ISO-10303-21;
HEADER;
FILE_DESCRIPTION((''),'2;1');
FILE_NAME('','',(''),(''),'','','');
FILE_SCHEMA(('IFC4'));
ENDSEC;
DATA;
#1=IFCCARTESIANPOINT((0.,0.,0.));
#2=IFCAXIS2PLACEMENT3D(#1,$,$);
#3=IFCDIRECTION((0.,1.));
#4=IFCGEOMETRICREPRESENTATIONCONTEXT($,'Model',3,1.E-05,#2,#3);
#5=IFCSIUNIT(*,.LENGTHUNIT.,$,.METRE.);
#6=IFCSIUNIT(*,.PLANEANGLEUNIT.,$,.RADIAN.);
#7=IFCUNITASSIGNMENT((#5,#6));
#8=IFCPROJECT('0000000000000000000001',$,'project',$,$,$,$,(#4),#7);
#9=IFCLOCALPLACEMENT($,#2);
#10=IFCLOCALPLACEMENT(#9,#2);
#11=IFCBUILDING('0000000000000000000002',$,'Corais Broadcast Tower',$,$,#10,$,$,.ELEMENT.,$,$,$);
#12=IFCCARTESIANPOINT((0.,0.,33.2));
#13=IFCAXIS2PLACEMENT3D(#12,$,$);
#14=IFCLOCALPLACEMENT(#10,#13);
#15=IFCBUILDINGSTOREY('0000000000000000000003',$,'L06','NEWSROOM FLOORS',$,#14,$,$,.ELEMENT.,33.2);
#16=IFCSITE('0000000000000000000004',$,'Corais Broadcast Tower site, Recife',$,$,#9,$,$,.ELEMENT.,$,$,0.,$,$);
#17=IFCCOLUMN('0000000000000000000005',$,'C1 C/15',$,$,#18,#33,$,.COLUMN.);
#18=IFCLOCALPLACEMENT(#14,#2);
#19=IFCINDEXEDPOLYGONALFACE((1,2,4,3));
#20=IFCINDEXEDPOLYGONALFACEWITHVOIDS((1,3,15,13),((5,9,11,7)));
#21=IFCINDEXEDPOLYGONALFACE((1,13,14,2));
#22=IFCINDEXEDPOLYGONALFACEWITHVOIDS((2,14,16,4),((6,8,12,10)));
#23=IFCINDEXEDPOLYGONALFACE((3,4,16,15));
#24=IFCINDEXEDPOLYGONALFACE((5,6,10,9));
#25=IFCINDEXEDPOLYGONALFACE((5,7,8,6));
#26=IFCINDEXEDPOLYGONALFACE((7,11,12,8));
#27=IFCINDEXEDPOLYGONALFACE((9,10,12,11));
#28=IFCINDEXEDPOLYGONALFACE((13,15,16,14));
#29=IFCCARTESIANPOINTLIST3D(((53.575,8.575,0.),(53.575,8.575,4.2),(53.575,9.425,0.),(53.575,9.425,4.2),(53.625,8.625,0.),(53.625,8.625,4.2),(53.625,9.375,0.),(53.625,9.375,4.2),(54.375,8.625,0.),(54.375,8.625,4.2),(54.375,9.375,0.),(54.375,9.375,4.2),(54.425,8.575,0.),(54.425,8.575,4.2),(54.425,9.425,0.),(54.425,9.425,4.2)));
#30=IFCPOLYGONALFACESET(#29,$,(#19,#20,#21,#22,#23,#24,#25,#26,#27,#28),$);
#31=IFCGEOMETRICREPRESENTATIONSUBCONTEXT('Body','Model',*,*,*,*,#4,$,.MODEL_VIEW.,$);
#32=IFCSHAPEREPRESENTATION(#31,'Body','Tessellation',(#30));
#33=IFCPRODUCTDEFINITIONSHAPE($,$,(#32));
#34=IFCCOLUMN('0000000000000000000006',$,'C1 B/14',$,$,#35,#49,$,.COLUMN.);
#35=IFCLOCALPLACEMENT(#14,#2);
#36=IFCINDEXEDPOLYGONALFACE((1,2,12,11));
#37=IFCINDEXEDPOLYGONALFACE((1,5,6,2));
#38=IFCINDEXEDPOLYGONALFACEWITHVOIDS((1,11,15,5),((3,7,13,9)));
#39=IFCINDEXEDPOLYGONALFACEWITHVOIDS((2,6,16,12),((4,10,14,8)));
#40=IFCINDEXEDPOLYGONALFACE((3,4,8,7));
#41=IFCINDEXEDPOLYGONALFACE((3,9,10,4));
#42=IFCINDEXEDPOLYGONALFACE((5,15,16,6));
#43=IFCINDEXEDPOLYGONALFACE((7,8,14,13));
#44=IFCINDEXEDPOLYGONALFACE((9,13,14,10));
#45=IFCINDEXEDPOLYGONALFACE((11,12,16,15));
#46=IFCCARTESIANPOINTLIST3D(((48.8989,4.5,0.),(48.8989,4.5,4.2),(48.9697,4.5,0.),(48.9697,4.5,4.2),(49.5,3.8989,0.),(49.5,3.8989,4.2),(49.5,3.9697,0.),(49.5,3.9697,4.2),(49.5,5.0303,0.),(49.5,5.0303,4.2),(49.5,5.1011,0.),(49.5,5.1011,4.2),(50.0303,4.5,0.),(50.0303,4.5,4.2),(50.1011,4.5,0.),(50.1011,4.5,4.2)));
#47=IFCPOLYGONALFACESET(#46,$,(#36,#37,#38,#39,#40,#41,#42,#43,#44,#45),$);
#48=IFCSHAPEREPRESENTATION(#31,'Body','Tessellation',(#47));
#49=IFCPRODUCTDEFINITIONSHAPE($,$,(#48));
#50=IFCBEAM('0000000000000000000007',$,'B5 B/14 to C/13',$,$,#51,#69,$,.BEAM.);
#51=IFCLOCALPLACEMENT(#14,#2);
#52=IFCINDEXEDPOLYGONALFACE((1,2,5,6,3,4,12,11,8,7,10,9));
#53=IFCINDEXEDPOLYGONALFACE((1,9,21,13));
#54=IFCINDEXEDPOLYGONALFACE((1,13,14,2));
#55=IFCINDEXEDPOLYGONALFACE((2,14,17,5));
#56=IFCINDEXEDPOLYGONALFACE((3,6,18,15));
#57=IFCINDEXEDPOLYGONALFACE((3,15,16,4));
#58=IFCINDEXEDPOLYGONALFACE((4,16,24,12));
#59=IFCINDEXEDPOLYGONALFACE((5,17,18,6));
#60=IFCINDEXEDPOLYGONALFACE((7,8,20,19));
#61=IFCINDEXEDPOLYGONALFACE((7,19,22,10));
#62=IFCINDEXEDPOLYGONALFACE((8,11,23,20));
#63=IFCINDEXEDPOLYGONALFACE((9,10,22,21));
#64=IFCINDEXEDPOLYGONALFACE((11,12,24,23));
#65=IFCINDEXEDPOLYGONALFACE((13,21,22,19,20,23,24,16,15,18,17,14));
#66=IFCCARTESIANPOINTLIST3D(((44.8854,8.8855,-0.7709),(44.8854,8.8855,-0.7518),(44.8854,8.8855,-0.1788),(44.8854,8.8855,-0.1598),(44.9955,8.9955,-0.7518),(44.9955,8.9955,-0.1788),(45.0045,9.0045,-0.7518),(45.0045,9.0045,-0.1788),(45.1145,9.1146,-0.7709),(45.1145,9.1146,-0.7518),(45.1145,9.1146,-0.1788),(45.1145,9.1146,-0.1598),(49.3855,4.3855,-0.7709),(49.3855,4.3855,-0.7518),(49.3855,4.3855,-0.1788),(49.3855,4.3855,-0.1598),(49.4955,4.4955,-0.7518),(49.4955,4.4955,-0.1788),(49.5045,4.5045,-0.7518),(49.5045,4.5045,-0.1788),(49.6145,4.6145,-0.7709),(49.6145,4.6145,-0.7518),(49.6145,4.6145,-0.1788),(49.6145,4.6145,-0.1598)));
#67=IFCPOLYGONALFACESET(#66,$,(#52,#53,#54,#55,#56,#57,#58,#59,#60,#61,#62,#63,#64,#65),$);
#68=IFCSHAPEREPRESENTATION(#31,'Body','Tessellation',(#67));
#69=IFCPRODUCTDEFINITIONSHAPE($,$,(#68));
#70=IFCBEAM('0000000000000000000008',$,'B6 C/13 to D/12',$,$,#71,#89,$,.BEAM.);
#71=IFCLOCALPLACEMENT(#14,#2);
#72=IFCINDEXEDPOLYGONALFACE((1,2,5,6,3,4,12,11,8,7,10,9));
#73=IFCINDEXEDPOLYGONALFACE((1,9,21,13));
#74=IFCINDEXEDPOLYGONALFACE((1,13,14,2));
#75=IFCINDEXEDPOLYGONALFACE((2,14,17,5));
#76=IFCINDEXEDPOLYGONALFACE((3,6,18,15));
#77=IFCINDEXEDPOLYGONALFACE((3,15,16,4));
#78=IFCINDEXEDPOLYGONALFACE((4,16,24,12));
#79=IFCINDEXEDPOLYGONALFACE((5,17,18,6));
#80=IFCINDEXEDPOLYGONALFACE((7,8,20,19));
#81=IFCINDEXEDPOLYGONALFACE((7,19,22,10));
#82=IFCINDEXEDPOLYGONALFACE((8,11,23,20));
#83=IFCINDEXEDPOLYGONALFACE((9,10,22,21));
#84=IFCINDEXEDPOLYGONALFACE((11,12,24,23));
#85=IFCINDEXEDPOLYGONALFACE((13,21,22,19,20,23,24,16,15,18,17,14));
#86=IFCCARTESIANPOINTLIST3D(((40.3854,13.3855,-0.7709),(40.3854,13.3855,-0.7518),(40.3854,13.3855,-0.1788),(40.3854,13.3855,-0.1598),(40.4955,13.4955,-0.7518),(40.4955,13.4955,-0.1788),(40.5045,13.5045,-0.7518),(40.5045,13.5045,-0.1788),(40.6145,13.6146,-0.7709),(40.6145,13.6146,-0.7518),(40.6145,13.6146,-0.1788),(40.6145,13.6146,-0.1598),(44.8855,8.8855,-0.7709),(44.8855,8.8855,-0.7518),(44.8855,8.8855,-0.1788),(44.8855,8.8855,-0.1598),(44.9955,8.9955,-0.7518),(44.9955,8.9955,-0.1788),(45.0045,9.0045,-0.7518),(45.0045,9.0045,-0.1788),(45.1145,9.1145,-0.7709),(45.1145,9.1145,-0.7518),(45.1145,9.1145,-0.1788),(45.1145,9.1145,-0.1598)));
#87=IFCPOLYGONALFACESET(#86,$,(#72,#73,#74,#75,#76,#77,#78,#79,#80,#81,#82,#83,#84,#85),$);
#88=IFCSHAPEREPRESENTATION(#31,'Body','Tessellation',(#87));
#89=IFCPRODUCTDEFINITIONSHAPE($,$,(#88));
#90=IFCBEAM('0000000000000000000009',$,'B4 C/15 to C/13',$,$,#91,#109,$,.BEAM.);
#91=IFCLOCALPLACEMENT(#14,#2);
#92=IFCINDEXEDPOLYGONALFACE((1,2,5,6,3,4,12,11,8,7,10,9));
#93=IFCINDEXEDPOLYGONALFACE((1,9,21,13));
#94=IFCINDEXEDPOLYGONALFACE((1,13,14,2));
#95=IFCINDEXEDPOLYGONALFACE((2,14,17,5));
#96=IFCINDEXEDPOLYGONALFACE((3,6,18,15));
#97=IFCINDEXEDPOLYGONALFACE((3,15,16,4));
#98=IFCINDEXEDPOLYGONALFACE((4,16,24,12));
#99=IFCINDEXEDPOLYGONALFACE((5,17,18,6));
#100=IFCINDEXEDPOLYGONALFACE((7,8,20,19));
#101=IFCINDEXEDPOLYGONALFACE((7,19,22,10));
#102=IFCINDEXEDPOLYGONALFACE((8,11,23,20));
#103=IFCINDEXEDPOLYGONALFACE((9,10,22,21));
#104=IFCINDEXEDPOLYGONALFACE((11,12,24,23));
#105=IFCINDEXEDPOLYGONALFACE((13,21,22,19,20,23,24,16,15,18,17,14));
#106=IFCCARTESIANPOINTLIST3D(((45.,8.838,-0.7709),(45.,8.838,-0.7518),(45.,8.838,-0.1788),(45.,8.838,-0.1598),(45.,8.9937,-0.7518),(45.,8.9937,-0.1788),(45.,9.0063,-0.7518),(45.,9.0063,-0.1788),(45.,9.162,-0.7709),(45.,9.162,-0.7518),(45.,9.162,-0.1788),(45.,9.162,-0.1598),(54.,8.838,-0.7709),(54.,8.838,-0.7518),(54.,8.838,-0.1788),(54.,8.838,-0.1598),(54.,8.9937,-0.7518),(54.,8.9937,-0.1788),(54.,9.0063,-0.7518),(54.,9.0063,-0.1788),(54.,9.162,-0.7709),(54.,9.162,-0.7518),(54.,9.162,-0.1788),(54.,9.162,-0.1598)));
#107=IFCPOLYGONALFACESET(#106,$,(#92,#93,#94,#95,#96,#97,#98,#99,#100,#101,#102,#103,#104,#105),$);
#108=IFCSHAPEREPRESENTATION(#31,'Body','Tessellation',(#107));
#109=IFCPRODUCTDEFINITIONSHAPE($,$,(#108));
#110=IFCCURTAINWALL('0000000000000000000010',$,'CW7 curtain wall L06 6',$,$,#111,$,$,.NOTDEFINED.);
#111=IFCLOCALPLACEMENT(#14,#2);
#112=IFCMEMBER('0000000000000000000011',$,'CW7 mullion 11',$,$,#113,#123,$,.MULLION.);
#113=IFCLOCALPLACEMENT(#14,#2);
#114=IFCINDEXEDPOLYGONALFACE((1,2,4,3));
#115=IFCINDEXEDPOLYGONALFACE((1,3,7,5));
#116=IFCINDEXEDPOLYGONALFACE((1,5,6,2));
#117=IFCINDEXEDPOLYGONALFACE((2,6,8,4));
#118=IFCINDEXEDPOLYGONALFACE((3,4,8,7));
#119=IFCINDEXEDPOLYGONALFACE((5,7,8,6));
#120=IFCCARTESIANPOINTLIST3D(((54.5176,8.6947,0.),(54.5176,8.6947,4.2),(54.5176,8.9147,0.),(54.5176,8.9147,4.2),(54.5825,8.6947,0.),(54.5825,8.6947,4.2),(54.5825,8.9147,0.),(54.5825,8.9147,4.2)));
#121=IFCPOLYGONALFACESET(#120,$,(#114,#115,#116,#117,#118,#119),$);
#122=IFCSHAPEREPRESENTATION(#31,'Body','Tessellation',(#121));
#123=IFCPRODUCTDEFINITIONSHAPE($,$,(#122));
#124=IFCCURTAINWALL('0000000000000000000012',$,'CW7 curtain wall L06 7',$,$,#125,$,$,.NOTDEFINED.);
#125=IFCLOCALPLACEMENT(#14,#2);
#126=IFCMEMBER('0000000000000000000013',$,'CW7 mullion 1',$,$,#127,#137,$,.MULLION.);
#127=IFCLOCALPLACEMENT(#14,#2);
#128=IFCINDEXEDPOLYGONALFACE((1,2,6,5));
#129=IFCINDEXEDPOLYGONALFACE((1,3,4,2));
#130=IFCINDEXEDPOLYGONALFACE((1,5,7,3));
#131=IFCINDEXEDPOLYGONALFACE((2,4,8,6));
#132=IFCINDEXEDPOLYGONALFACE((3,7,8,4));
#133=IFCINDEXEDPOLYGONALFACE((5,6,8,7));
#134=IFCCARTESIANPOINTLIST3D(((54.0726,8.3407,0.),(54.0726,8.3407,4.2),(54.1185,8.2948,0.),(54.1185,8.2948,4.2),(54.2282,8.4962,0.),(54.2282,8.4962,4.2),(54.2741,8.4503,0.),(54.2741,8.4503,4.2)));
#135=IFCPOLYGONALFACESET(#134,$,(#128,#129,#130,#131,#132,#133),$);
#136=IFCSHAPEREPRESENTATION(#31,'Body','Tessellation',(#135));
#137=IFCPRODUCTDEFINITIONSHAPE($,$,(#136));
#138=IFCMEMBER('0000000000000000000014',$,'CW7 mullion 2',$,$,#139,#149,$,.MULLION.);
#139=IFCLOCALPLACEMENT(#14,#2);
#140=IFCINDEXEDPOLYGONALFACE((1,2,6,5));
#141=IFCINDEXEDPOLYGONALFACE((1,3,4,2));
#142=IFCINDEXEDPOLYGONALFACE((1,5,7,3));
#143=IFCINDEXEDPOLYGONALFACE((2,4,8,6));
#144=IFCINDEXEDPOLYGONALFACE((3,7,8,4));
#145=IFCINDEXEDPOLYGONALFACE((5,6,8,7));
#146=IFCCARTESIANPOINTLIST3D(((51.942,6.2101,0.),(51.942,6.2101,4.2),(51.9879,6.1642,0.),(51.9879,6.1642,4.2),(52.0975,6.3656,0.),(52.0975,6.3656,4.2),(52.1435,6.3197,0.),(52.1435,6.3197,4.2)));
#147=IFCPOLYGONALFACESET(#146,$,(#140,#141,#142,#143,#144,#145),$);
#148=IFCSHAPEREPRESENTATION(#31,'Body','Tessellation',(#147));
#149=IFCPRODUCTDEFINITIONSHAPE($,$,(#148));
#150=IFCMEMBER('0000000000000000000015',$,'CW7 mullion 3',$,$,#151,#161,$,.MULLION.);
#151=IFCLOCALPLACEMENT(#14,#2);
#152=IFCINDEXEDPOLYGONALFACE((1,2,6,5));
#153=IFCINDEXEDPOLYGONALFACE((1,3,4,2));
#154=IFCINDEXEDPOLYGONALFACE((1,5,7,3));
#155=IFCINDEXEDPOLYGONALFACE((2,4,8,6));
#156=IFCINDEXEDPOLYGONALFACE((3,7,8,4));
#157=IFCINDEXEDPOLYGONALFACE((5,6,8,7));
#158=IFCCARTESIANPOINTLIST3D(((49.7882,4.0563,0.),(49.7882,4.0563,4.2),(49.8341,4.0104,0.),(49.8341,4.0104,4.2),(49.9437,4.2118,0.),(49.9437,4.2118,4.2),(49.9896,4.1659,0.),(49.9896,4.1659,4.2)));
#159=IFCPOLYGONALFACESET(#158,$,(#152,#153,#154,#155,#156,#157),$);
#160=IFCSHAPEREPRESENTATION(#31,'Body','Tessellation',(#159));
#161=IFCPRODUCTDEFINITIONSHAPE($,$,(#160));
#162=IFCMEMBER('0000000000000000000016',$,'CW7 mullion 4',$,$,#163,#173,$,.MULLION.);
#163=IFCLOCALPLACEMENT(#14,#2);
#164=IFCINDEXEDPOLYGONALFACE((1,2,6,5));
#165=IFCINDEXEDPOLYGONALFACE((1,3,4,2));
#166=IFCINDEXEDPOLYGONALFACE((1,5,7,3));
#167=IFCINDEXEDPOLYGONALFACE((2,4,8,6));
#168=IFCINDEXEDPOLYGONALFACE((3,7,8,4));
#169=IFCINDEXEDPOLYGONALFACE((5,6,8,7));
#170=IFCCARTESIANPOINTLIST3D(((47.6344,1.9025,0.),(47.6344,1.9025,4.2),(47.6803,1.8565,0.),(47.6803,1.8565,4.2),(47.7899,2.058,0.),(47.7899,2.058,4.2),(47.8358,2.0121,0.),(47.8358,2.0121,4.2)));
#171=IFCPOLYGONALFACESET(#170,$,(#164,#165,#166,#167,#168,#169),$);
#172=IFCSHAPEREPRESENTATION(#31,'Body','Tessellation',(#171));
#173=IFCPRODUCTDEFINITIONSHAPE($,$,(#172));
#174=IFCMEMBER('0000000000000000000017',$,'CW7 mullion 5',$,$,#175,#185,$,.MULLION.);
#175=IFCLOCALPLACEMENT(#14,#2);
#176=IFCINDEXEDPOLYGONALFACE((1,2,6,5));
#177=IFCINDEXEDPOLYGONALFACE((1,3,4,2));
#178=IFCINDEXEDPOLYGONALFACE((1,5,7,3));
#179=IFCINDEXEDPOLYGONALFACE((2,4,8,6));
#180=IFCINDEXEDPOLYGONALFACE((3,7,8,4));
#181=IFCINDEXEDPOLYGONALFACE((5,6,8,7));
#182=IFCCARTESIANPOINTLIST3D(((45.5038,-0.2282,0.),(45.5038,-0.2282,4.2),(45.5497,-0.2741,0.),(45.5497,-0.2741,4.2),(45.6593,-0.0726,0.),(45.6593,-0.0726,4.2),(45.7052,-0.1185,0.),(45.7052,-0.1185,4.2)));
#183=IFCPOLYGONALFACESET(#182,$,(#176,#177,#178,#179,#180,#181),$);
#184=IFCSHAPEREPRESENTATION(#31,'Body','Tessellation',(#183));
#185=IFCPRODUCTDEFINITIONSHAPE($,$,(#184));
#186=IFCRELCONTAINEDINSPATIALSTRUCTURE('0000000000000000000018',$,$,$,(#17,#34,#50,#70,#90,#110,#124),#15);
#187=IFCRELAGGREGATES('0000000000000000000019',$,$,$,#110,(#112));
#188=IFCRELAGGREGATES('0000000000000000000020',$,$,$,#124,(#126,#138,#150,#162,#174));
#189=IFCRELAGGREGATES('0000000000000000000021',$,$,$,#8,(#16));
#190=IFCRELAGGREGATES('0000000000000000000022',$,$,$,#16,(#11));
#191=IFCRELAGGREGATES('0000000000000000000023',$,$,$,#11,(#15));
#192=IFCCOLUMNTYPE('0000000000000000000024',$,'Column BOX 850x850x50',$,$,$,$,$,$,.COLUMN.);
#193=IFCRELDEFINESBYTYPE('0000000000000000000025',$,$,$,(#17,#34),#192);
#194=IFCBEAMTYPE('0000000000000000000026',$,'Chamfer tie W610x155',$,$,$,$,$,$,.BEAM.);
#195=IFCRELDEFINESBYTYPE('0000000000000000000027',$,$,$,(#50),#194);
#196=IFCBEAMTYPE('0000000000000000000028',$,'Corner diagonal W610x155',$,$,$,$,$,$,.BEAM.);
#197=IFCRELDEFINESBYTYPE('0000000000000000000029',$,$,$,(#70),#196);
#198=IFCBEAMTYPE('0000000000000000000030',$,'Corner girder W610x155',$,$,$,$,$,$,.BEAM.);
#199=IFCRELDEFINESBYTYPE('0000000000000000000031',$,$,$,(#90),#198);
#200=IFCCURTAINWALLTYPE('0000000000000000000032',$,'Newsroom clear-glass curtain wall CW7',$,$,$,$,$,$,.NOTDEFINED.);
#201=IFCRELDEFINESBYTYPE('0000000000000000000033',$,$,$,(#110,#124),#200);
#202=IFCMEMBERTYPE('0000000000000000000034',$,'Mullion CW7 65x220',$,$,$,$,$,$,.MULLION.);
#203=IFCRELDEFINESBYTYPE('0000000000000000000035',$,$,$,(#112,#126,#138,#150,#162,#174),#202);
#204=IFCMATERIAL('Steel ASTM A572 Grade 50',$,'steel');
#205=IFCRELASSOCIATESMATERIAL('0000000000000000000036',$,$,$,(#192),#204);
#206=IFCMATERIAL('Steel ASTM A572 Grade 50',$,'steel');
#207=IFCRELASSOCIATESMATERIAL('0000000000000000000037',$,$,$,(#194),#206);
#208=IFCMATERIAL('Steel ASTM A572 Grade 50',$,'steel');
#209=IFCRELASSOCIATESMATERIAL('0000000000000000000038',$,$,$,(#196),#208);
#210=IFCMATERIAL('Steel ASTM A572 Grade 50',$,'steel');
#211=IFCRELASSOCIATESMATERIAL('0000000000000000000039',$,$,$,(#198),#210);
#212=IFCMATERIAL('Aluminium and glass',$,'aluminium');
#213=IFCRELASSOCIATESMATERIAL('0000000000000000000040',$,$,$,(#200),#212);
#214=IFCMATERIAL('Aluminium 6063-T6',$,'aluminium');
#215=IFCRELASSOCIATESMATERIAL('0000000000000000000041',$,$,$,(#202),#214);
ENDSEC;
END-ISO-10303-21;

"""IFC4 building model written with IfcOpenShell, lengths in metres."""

from ifc_helpers import new_model, si_unit, direction, frame, origin, origin_2d, place, context, subcontext, project, spatial, rectangle, hollow_rectangle, i_section, extrude, material, material_profile, profile_set, type_object, element, aggregate, save


model = new_model("IFC4")

# Units and contexts
model_context = context("Model", 3, precision=1e-05, world=origin(), true_north=direction((0.0, 1.0)))
body_context = subcontext(model_context, "Body", "Model", "MODEL_VIEW")
ifc_project = project(units=[si_unit("LENGTHUNIT", "METRE"), si_unit("PLANEANGLEUNIT", "RADIAN")], contexts=[model_context])

# Site, building, storey
site_placement = place(None, origin())
site = spatial("IfcSite", under=ifc_project, at=site_placement, Name="Corais Broadcast Tower site, Recife", CompositionType="ELEMENT", RefElevation=0.0)
building_placement = place(site_placement, origin())
building = spatial("IfcBuilding", under=site, at=building_placement, Name="Corais Broadcast Tower", CompositionType="ELEMENT")
storey_placement = place(building_placement, frame((0.0, 0.0, 33.2)))
storey = spatial("IfcBuildingStorey", under=building, at=storey_placement, Name="L06", Description="NEWSROOM FLOORS", CompositionType="ELEMENT", Elevation=33.2)

# Columns
ifc_material_1 = material(Name="Steel ASTM A572 Grade 50", Category="steel")
ifc_material_profile_1 = material_profile(ifc_material_1, hollow_rectangle(XDim=0.8501, YDim=0.8501, WallThickness=0.05, at=origin_2d()), Name="BOX 850x850x50")
ifc_profile_set_1 = profile_set([ifc_material_profile_1], Name="Steel ASTM A572 Grade 50")
column_type = type_object("IfcColumnType", Name="Column BOX 850x850x50", PredefinedType="COLUMN", material=ifc_profile_set_1)
for number, where, z_axis, x_axis, name in (
    (1, (54.0, 9.0, 0.0), (0.0, 0.0, 1.0), (1.0, 0.0, 0.0), "C1 C/15"),
    (2, (49.5, 4.5, 0.0), (0.0, 0.0, 1.0), (0.707107, 0.707107, 0.0), "C1 B/14"),
):
    element("IfcColumn", number, at=place(storey_placement, frame(where, z_axis=z_axis, x_axis=x_axis)), inside=storey, type_object=column_type, Name=name, PredefinedType="COLUMN", context=body_context, shape_type="SweptSolid", body=[
        extrude(hollow_rectangle(XDim=0.8501, YDim=0.8501, WallThickness=0.05, at=origin_2d()), origin(), (0.0, 0.0, 1.0), 4.2),
    ])

# Beams
ifc_material_2 = material(Name="Steel ASTM A572 Grade 50", Category="steel")
ifc_material_profile_2 = material_profile(ifc_material_2, i_section(OverallWidth=0.324, OverallDepth=0.6111, WebThickness=0.0127, FlangeThickness=0.019, at=origin_2d()), Name="W610x155")
ifc_profile_set_2 = profile_set([ifc_material_profile_2], Name="Steel ASTM A572 Grade 50")
beam_type_1 = type_object("IfcBeamType", Name="Chamfer tie W610x155", PredefinedType="BEAM", material=ifc_profile_set_2)
beam_1_placement = place(storey_placement, frame((49.5, 4.5, -0.4653), z_axis=(-0.707107, 0.707107, 0.0), x_axis=(-0.707107, -0.707107, 0.0)))
element("IfcBeam", 3, at=beam_1_placement, inside=storey, type_object=beam_type_1, Name="B5 B/14 to C/13", PredefinedType="BEAM", context=body_context, shape_type="SweptSolid", body=[
    extrude(i_section(OverallWidth=0.324, OverallDepth=0.6111, WebThickness=0.0127, FlangeThickness=0.019, at=origin_2d()), origin(), (0.0, 0.0, 1.0), 6.364),
])
ifc_material_3 = material(Name="Steel ASTM A572 Grade 50", Category="steel")
ifc_material_profile_3 = material_profile(ifc_material_3, i_section(OverallWidth=0.324, OverallDepth=0.6111, WebThickness=0.0127, FlangeThickness=0.019, at=origin_2d()), Name="W610x155")
ifc_profile_set_3 = profile_set([ifc_material_profile_3], Name="Steel ASTM A572 Grade 50")
beam_type_2 = type_object("IfcBeamType", Name="Corner diagonal W610x155", PredefinedType="BEAM", material=ifc_profile_set_3)
beam_2_placement = place(storey_placement, frame((45.0, 9.0, -0.4653), z_axis=(-0.707107, 0.707107, 0.0), x_axis=(-0.707107, -0.707107, 0.0)))
element("IfcBeam", 4, at=beam_2_placement, inside=storey, type_object=beam_type_2, Name="B6 C/13 to D/12", PredefinedType="BEAM", context=body_context, shape_type="SweptSolid", body=[
    extrude(i_section(OverallWidth=0.324, OverallDepth=0.6111, WebThickness=0.0127, FlangeThickness=0.019, at=origin_2d()), origin(), (0.0, 0.0, 1.0), 6.364),
])
ifc_material_4 = material(Name="Steel ASTM A572 Grade 50", Category="steel")
ifc_material_profile_4 = material_profile(ifc_material_4, i_section(OverallWidth=0.324, OverallDepth=0.6111, WebThickness=0.0127, FlangeThickness=0.019, at=origin_2d()), Name="W610x155")
ifc_profile_set_4 = profile_set([ifc_material_profile_4], Name="Steel ASTM A572 Grade 50")
beam_type_3 = type_object("IfcBeamType", Name="Corner girder W610x155", PredefinedType="BEAM", material=ifc_profile_set_4)
beam_3_placement = place(storey_placement, frame((54.0, 9.0, -0.4653), z_axis=(-1.0, 0.0, 0.0), x_axis=(0.0, -1.0, 0.0)))
element("IfcBeam", 5, at=beam_3_placement, inside=storey, type_object=beam_type_3, Name="B4 C/15 to C/13", PredefinedType="BEAM", context=body_context, shape_type="SweptSolid", body=[
    extrude(i_section(OverallWidth=0.324, OverallDepth=0.6111, WebThickness=0.0127, FlangeThickness=0.019, at=origin_2d()), origin(), (0.0, 0.0, 1.0), 9.0),
])

# Curtain wall, member
ifc_material_5 = material(Name="Aluminium and glass", Category="aluminium")
curtain_wall_type = type_object("IfcCurtainWallType", Name="Newsroom clear-glass curtain wall CW7", PredefinedType="NOTDEFINED", material=ifc_material_5)
curtain_wall_1_placement = place(storey_placement, origin())
curtain_wall_1 = element("IfcCurtainWall", 6, at=curtain_wall_1_placement, inside=storey, type_object=curtain_wall_type, Name="CW7 curtain wall L06 6", PredefinedType="NOTDEFINED")
ifc_material_6 = material(Name="Aluminium 6063-T6", Category="aluminium")
ifc_material_profile_5 = material_profile(ifc_material_6, rectangle(XDim=0.0649, YDim=0.22, at=origin_2d()), Name="Mullion CW7 65x220")
ifc_profile_set_5 = profile_set([ifc_material_profile_5], Name="Aluminium 6063-T6")
member_type_1 = type_object("IfcMemberType", Name="Mullion CW7 65x220", PredefinedType="MULLION", material=ifc_profile_set_5)
member_1_placement = place(storey_placement, frame((54.55, 8.8047, 0.0), z_axis=(0.0, 0.0, 1.0), x_axis=(1.0, 0.0, 0.0)))
member_1 = element("IfcMember", 7, at=member_1_placement, type_object=member_type_1, Name="CW7 mullion 11", PredefinedType="MULLION", context=body_context, shape_type="SweptSolid", body=[
    extrude(rectangle(XDim=0.0649, YDim=0.22, at=origin_2d()), origin(), (0.0, 0.0, 1.0), 4.2),
])
aggregate(curtain_wall_1, [member_1])

# Curtain wall, members
curtain_wall_2_placement = place(storey_placement, origin())
curtain_wall_2 = element("IfcCurtainWall", 8, at=curtain_wall_2_placement, inside=storey, type_object=curtain_wall_type, Name="CW7 curtain wall L06 7", PredefinedType="NOTDEFINED")
member_2_placement = place(storey_placement, frame((54.1733, 8.3955, 0.0), z_axis=(0.0, 0.0, 1.0), x_axis=(0.707107, -0.707107, 0.0)))
member_2 = element("IfcMember", 9, at=member_2_placement, type_object=member_type_1, Name="CW7 mullion 1", PredefinedType="MULLION", context=body_context, shape_type="SweptSolid", body=[
    extrude(rectangle(XDim=0.0649, YDim=0.22, at=origin_2d()), origin(), (0.0, 0.0, 1.0), 4.2),
])
member_3_placement = place(storey_placement, frame((52.0427, 6.2649, 0.0), z_axis=(0.0, 0.0, 1.0), x_axis=(0.707107, -0.707107, 0.0)))
member_3 = element("IfcMember", 10, at=member_3_placement, type_object=member_type_1, Name="CW7 mullion 2", PredefinedType="MULLION", context=body_context, shape_type="SweptSolid", body=[
    extrude(rectangle(XDim=0.0649, YDim=0.22, at=origin_2d()), origin(), (0.0, 0.0, 1.0), 4.2),
])
member_4_placement = place(storey_placement, frame((49.8889, 4.1111, 0.0), z_axis=(0.0, 0.0, 1.0), x_axis=(0.707107, -0.707107, 0.0)))
member_4 = element("IfcMember", 11, at=member_4_placement, type_object=member_type_1, Name="CW7 mullion 3", PredefinedType="MULLION", context=body_context, shape_type="SweptSolid", body=[
    extrude(rectangle(XDim=0.0649, YDim=0.22, at=origin_2d()), origin(), (0.0, 0.0, 1.0), 4.2),
])
member_5_placement = place(storey_placement, frame((47.7351, 1.9573, 0.0), z_axis=(0.0, 0.0, 1.0), x_axis=(0.707107, -0.707107, 0.0)))
member_5 = element("IfcMember", 12, at=member_5_placement, type_object=member_type_1, Name="CW7 mullion 4", PredefinedType="MULLION", context=body_context, shape_type="SweptSolid", body=[
    extrude(rectangle(XDim=0.0649, YDim=0.22, at=origin_2d()), origin(), (0.0, 0.0, 1.0), 4.2),
])
member_6_placement = place(storey_placement, frame((45.6045, -0.1733, 0.0), z_axis=(0.0, 0.0, 1.0), x_axis=(0.707107, -0.707107, 0.0)))
member_6 = element("IfcMember", 13, at=member_6_placement, type_object=member_type_1, Name="CW7 mullion 5", PredefinedType="MULLION", context=body_context, shape_type="SweptSolid", body=[
    extrude(rectangle(XDim=0.0649, YDim=0.22, at=origin_2d()), origin(), (0.0, 0.0, 1.0), 4.2),
])

aggregate(curtain_wall_2, [member_2, member_3, member_4, member_5, member_6])

save(model, "model.ifc")
